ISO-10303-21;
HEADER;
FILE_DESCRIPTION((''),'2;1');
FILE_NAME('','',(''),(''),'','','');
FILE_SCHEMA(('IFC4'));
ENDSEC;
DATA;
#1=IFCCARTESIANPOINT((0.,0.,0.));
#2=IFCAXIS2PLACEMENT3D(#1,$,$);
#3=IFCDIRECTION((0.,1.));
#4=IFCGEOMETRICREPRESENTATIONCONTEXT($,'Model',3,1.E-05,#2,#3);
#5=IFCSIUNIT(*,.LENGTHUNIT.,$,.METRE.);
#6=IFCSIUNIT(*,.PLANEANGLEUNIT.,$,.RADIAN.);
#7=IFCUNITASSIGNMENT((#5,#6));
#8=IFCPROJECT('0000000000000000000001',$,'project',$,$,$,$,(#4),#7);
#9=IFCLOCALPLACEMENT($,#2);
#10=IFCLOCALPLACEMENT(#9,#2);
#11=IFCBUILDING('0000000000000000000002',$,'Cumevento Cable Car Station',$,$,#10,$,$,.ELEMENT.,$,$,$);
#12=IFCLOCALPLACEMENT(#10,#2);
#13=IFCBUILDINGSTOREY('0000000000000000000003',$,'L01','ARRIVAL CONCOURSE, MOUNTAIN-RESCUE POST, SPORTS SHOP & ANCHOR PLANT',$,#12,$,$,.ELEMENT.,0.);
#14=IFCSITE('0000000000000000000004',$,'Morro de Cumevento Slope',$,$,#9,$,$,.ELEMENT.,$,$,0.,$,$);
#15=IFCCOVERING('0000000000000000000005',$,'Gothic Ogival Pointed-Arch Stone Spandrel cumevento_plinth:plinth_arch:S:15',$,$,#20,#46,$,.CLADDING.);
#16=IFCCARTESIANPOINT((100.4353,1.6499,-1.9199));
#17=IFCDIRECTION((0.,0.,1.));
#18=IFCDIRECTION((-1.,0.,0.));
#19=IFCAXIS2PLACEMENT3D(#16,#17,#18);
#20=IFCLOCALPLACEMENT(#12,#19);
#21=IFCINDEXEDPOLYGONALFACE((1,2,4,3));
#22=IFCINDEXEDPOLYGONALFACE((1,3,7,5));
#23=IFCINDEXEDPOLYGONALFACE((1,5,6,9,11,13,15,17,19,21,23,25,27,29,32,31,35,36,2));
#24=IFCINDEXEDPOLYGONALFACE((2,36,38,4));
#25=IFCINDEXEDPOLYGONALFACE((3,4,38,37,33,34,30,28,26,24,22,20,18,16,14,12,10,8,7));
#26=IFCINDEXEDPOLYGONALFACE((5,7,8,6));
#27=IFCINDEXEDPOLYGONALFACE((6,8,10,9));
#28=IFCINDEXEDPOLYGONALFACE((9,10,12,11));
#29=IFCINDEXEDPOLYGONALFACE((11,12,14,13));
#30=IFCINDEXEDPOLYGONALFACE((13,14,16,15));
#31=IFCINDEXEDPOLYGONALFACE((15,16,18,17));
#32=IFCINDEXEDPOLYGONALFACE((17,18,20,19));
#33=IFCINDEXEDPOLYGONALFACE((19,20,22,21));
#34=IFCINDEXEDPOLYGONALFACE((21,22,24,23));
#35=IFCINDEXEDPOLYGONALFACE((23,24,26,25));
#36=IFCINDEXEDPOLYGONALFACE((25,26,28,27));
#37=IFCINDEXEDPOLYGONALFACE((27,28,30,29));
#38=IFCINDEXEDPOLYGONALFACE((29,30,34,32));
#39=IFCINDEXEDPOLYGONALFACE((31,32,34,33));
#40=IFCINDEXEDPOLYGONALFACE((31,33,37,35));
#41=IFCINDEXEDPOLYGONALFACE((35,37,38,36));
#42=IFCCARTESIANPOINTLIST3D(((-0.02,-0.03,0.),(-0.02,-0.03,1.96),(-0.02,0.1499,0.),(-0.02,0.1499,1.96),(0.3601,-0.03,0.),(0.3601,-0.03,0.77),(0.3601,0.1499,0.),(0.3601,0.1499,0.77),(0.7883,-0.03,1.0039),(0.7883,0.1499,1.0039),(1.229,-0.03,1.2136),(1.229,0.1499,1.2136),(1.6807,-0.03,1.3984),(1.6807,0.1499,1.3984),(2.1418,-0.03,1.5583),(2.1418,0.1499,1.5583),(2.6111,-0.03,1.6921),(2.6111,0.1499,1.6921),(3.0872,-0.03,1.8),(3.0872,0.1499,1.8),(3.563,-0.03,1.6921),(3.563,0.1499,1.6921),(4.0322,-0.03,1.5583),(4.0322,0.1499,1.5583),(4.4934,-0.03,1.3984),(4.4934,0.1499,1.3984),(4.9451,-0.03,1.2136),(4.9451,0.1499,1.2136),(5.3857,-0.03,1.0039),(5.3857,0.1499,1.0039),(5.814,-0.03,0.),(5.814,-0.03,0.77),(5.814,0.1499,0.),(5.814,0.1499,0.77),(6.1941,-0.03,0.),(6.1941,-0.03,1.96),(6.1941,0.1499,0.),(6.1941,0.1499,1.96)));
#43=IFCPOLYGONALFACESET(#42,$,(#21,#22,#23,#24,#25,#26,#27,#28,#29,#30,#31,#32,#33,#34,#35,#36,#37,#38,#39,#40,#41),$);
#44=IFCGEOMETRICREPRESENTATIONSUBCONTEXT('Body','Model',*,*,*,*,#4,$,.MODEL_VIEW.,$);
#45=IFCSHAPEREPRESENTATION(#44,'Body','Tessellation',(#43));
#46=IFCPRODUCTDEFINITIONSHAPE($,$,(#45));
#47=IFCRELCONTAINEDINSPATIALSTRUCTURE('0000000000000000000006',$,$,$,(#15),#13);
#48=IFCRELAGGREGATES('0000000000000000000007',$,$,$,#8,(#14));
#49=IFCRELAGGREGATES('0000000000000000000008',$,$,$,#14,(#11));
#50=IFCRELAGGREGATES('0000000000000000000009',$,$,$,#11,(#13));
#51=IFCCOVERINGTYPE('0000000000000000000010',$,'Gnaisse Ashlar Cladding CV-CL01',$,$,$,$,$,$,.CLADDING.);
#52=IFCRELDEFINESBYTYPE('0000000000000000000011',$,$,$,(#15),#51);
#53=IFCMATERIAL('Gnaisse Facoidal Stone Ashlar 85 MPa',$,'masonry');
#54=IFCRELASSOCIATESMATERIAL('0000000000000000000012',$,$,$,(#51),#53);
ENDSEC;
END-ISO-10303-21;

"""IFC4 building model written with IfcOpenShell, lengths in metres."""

from ifc_helpers import new_model, si_unit, direction, frame, origin, place, context, subcontext, project, spatial, polyline, outline, extrude, material, type_object, element, save


model = new_model("IFC4")

# Units and contexts
model_context = context("Model", 3, precision=1e-05, world=origin(), true_north=direction((0.0, 1.0)))
body_context = subcontext(model_context, "Body", "Model", "MODEL_VIEW")
ifc_project = project(units=[si_unit("LENGTHUNIT", "METRE"), si_unit("PLANEANGLEUNIT", "RADIAN")], contexts=[model_context])

# Site, building, storey
site_placement = place(None, origin())
site = spatial("IfcSite", under=ifc_project, at=site_placement, Name="Morro de Cumevento Slope", CompositionType="ELEMENT", RefElevation=0.0)
building_placement = place(site_placement, origin())
building = spatial("IfcBuilding", under=site, at=building_placement, Name="Cumevento Cable Car Station", CompositionType="ELEMENT")
storey_placement = place(building_placement, origin())
storey = spatial("IfcBuildingStorey", under=building, at=storey_placement, Name="L01", Description="ARRIVAL CONCOURSE, MOUNTAIN-RESCUE POST, SPORTS SHOP & ANCHOR PLANT", CompositionType="ELEMENT", Elevation=0.0)

# Covering
ifc_material_1 = material(Name="Gnaisse Facoidal Stone Ashlar 85 MPa", Category="masonry")
covering_type = type_object("IfcCoveringType", Name="Gnaisse Ashlar Cladding CV-CL01", PredefinedType="CLADDING", material=ifc_material_1)
covering_1_placement = place(storey_placement, frame((100.4353, 1.6499, -1.9199), z_axis=(0.0, 0.0, 1.0), x_axis=(-1.0, 0.0, 0.0)))
element("IfcCovering", 1, at=covering_1_placement, inside=storey, type_object=covering_type, Name="Gothic Ogival Pointed-Arch Stone Spandrel cumevento_plinth:plinth_arch:S:15", PredefinedType="CLADDING", context=body_context, shape_type="SweptSolid", body=[
    extrude(outline(polyline([(-0.02, 0.0), (-0.02, 1.96), (6.1941, 1.96), (6.1941, 0.0), (5.814, 0.0), (5.814, 0.77), (5.3857, 1.0039), (4.9451, 1.2136), (4.4934, 1.3984), (4.0322, 1.5583), (3.563, 1.6921), (3.0872, 1.8), (2.6111, 1.6921), (2.1418, 1.5583), (1.6807, 1.3984), (1.229, 1.2136), (0.7883, 1.0039), (0.3601, 0.77), (0.3601, 0.0), (-0.02, 0.0)])), frame((0.0, 0.1499, 0.0), z_axis=(0.0, -1.0, 0.0), x_axis=(1.0, 0.0, 0.0)), (0.0, 0.0, 1.0), 0.1799),
])

save(model, "model.ifc")
